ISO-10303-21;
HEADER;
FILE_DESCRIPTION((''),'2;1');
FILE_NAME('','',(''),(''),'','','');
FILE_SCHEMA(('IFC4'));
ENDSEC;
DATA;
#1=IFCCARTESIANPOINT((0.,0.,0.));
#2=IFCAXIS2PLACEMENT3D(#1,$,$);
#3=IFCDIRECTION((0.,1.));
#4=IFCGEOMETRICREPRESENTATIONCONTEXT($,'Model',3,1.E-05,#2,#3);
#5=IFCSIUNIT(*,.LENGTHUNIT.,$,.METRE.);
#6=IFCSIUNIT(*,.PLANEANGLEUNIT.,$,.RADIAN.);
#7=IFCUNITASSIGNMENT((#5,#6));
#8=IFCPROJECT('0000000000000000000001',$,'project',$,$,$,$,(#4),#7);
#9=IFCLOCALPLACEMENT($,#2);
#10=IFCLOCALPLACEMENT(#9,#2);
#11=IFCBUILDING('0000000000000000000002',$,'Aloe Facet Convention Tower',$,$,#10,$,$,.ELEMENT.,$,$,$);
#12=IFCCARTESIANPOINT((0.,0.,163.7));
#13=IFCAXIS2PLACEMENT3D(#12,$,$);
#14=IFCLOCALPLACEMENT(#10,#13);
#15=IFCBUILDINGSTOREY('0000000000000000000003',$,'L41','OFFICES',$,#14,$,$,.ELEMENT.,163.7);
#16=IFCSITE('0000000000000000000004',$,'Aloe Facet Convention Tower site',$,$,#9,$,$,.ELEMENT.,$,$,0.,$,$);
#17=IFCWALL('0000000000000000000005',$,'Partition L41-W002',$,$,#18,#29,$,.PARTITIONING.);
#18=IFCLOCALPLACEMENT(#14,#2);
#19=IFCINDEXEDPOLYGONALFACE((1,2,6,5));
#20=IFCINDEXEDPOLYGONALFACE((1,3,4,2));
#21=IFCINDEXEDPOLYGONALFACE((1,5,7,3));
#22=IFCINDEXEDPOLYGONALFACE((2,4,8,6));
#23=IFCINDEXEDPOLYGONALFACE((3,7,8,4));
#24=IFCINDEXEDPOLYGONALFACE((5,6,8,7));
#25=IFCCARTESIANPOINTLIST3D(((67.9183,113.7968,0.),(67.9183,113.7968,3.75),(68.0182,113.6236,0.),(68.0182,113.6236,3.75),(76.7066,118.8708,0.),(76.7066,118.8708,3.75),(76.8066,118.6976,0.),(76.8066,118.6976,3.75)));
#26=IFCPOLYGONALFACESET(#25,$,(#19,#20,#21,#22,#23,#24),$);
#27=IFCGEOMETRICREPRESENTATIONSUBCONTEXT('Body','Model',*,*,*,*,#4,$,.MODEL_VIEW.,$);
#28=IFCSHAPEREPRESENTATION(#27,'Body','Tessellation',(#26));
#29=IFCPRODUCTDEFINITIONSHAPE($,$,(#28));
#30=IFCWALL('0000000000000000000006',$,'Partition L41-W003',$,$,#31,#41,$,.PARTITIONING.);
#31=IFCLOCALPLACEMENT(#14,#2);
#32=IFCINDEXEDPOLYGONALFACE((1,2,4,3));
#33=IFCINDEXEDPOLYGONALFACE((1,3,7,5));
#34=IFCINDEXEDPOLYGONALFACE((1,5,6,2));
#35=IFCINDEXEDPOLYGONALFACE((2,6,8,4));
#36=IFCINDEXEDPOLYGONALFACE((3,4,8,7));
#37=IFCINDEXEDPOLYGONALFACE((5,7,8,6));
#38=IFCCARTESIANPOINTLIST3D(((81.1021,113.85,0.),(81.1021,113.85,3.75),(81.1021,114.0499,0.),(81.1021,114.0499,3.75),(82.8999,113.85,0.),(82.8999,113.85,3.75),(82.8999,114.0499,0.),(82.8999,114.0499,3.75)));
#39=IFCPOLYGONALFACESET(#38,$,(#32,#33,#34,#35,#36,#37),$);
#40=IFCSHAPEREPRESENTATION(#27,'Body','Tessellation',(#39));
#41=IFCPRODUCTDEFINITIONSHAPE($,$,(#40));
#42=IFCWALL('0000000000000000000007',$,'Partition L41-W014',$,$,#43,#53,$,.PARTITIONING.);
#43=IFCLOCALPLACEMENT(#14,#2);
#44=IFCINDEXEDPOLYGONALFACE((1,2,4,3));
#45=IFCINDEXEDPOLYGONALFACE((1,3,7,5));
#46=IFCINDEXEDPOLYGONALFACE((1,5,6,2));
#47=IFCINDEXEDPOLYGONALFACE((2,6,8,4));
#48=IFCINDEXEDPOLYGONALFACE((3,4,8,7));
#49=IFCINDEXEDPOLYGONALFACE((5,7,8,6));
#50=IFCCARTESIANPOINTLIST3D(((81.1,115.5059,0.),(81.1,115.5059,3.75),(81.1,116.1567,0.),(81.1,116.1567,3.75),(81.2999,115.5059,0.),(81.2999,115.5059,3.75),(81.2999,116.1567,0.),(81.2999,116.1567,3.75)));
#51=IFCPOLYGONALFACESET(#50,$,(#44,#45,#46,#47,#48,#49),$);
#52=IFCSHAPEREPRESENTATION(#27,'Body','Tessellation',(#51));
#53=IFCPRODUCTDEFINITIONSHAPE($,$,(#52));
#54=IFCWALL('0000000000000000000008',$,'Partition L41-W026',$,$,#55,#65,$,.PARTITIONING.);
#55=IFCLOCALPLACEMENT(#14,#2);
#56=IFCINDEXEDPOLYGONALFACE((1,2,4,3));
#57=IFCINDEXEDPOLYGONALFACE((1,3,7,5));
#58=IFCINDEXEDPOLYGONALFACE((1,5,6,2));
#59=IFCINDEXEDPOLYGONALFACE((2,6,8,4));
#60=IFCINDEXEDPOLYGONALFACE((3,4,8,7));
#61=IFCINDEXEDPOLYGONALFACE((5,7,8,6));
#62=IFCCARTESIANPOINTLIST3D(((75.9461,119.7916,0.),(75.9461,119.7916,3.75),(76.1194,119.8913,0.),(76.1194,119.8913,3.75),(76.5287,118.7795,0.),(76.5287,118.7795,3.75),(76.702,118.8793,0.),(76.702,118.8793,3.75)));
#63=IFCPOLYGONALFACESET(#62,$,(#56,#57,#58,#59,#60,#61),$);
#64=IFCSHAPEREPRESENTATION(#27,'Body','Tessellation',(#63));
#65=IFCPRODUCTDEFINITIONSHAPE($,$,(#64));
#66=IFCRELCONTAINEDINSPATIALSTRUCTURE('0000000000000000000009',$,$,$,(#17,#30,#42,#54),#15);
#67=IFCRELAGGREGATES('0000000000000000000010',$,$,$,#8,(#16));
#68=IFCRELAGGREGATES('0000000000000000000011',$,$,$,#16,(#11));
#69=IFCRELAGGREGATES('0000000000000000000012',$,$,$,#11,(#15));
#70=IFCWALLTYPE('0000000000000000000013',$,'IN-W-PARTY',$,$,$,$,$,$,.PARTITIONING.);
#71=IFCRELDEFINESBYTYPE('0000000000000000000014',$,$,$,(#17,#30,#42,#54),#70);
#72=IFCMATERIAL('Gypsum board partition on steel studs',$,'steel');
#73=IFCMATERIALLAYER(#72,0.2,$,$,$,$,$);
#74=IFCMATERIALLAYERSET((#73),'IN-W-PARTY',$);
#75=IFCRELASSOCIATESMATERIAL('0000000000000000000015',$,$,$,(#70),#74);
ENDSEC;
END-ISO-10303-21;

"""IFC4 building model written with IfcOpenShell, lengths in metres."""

from ifc_helpers import new_model, si_unit, direction, frame, frame_2d, origin, place, context, subcontext, project, spatial, rectangle, extrude, material, layer, layer_set, type_object, element, save


model = new_model("IFC4")

# Units and contexts
model_context = context("Model", 3, precision=1e-05, world=origin(), true_north=direction((0.0, 1.0)))
body_context = subcontext(model_context, "Body", "Model", "MODEL_VIEW")
ifc_project = project(units=[si_unit("LENGTHUNIT", "METRE"), si_unit("PLANEANGLEUNIT", "RADIAN")], contexts=[model_context])

# Site, building, storey
site_placement = place(None, origin())
site = spatial("IfcSite", under=ifc_project, at=site_placement, Name="Aloe Facet Convention Tower site", CompositionType="ELEMENT", RefElevation=0.0)
building_placement = place(site_placement, origin())
building = spatial("IfcBuilding", under=site, at=building_placement, Name="Aloe Facet Convention Tower", CompositionType="ELEMENT")
storey_placement = place(building_placement, frame((0.0, 0.0, 163.7)))
storey = spatial("IfcBuildingStorey", under=building, at=storey_placement, Name="L41", Description="OFFICES", CompositionType="ELEMENT", Elevation=163.7)

# Walls
ifc_material_1 = material(Name="Gypsum board partition on steel studs", Category="steel")
ifc_layer_1 = layer(ifc_material_1, 0.2)
ifc_layer_set_1 = layer_set([ifc_layer_1], Name="IN-W-PARTY")
wall_type_1 = type_object("IfcWallType", Name="IN-W-PARTY", PredefinedType="PARTITIONING", material=ifc_layer_set_1)
wall_1_placement = place(storey_placement, frame((67.9683, 113.7102, 0.0), z_axis=(0.0, 0.0, 1.0), x_axis=(0.866024, 0.500002, 0.0)))
element("IfcWall", 1, at=wall_1_placement, inside=storey, type_object=wall_type_1, Name="Partition L41-W002", PredefinedType="PARTITIONING", context=body_context, shape_type="SweptSolid", body=[
    extrude(rectangle(XDim=10.1479, YDim=0.2, at=frame_2d((5.074, 0.0))), origin(), (0.0, 0.0, 1.0), 3.75),
])
wall_2_placement = place(storey_placement, frame((81.1021, 113.95, 0.0), z_axis=(0.0, 0.0, 1.0), x_axis=(1.0, 0.0, 0.0)))
element("IfcWall", 2, at=wall_2_placement, inside=storey, type_object=wall_type_1, Name="Partition L41-W003", PredefinedType="PARTITIONING", context=body_context, shape_type="SweptSolid", body=[
    extrude(rectangle(XDim=1.7979, YDim=0.2, at=frame_2d((0.8989, 0.0))), origin(), (0.0, 0.0, 1.0), 3.75),
])
wall_3_placement = place(storey_placement, frame((81.2, 115.5059, 0.0), z_axis=(0.0, 0.0, 1.0), x_axis=(0.0, 1.0, 0.0)))
element("IfcWall", 3, at=wall_3_placement, inside=storey, type_object=wall_type_1, Name="Partition L41-W014", PredefinedType="PARTITIONING", context=body_context, shape_type="SweptSolid", body=[
    extrude(rectangle(XDim=0.6509, YDim=0.2, at=frame_2d((0.3254, 0.0))), origin(), (0.0, 0.0, 1.0), 3.75),
])
wall_4_placement = place(storey_placement, frame((76.0327, 119.8416, 0.0), z_axis=(0.0, 0.0, 1.0), x_axis=(0.498884, -0.866669, 0.0)))
element("IfcWall", 4, at=wall_4_placement, inside=storey, type_object=wall_type_1, Name="Partition L41-W026", PredefinedType="PARTITIONING", context=body_context, shape_type="SweptSolid", body=[
    extrude(rectangle(XDim=1.1677, YDim=0.2, at=frame_2d((0.584, 0.0))), origin(), (0.0, 0.0, 1.0), 3.75),
])

save(model, "model.ifc")
